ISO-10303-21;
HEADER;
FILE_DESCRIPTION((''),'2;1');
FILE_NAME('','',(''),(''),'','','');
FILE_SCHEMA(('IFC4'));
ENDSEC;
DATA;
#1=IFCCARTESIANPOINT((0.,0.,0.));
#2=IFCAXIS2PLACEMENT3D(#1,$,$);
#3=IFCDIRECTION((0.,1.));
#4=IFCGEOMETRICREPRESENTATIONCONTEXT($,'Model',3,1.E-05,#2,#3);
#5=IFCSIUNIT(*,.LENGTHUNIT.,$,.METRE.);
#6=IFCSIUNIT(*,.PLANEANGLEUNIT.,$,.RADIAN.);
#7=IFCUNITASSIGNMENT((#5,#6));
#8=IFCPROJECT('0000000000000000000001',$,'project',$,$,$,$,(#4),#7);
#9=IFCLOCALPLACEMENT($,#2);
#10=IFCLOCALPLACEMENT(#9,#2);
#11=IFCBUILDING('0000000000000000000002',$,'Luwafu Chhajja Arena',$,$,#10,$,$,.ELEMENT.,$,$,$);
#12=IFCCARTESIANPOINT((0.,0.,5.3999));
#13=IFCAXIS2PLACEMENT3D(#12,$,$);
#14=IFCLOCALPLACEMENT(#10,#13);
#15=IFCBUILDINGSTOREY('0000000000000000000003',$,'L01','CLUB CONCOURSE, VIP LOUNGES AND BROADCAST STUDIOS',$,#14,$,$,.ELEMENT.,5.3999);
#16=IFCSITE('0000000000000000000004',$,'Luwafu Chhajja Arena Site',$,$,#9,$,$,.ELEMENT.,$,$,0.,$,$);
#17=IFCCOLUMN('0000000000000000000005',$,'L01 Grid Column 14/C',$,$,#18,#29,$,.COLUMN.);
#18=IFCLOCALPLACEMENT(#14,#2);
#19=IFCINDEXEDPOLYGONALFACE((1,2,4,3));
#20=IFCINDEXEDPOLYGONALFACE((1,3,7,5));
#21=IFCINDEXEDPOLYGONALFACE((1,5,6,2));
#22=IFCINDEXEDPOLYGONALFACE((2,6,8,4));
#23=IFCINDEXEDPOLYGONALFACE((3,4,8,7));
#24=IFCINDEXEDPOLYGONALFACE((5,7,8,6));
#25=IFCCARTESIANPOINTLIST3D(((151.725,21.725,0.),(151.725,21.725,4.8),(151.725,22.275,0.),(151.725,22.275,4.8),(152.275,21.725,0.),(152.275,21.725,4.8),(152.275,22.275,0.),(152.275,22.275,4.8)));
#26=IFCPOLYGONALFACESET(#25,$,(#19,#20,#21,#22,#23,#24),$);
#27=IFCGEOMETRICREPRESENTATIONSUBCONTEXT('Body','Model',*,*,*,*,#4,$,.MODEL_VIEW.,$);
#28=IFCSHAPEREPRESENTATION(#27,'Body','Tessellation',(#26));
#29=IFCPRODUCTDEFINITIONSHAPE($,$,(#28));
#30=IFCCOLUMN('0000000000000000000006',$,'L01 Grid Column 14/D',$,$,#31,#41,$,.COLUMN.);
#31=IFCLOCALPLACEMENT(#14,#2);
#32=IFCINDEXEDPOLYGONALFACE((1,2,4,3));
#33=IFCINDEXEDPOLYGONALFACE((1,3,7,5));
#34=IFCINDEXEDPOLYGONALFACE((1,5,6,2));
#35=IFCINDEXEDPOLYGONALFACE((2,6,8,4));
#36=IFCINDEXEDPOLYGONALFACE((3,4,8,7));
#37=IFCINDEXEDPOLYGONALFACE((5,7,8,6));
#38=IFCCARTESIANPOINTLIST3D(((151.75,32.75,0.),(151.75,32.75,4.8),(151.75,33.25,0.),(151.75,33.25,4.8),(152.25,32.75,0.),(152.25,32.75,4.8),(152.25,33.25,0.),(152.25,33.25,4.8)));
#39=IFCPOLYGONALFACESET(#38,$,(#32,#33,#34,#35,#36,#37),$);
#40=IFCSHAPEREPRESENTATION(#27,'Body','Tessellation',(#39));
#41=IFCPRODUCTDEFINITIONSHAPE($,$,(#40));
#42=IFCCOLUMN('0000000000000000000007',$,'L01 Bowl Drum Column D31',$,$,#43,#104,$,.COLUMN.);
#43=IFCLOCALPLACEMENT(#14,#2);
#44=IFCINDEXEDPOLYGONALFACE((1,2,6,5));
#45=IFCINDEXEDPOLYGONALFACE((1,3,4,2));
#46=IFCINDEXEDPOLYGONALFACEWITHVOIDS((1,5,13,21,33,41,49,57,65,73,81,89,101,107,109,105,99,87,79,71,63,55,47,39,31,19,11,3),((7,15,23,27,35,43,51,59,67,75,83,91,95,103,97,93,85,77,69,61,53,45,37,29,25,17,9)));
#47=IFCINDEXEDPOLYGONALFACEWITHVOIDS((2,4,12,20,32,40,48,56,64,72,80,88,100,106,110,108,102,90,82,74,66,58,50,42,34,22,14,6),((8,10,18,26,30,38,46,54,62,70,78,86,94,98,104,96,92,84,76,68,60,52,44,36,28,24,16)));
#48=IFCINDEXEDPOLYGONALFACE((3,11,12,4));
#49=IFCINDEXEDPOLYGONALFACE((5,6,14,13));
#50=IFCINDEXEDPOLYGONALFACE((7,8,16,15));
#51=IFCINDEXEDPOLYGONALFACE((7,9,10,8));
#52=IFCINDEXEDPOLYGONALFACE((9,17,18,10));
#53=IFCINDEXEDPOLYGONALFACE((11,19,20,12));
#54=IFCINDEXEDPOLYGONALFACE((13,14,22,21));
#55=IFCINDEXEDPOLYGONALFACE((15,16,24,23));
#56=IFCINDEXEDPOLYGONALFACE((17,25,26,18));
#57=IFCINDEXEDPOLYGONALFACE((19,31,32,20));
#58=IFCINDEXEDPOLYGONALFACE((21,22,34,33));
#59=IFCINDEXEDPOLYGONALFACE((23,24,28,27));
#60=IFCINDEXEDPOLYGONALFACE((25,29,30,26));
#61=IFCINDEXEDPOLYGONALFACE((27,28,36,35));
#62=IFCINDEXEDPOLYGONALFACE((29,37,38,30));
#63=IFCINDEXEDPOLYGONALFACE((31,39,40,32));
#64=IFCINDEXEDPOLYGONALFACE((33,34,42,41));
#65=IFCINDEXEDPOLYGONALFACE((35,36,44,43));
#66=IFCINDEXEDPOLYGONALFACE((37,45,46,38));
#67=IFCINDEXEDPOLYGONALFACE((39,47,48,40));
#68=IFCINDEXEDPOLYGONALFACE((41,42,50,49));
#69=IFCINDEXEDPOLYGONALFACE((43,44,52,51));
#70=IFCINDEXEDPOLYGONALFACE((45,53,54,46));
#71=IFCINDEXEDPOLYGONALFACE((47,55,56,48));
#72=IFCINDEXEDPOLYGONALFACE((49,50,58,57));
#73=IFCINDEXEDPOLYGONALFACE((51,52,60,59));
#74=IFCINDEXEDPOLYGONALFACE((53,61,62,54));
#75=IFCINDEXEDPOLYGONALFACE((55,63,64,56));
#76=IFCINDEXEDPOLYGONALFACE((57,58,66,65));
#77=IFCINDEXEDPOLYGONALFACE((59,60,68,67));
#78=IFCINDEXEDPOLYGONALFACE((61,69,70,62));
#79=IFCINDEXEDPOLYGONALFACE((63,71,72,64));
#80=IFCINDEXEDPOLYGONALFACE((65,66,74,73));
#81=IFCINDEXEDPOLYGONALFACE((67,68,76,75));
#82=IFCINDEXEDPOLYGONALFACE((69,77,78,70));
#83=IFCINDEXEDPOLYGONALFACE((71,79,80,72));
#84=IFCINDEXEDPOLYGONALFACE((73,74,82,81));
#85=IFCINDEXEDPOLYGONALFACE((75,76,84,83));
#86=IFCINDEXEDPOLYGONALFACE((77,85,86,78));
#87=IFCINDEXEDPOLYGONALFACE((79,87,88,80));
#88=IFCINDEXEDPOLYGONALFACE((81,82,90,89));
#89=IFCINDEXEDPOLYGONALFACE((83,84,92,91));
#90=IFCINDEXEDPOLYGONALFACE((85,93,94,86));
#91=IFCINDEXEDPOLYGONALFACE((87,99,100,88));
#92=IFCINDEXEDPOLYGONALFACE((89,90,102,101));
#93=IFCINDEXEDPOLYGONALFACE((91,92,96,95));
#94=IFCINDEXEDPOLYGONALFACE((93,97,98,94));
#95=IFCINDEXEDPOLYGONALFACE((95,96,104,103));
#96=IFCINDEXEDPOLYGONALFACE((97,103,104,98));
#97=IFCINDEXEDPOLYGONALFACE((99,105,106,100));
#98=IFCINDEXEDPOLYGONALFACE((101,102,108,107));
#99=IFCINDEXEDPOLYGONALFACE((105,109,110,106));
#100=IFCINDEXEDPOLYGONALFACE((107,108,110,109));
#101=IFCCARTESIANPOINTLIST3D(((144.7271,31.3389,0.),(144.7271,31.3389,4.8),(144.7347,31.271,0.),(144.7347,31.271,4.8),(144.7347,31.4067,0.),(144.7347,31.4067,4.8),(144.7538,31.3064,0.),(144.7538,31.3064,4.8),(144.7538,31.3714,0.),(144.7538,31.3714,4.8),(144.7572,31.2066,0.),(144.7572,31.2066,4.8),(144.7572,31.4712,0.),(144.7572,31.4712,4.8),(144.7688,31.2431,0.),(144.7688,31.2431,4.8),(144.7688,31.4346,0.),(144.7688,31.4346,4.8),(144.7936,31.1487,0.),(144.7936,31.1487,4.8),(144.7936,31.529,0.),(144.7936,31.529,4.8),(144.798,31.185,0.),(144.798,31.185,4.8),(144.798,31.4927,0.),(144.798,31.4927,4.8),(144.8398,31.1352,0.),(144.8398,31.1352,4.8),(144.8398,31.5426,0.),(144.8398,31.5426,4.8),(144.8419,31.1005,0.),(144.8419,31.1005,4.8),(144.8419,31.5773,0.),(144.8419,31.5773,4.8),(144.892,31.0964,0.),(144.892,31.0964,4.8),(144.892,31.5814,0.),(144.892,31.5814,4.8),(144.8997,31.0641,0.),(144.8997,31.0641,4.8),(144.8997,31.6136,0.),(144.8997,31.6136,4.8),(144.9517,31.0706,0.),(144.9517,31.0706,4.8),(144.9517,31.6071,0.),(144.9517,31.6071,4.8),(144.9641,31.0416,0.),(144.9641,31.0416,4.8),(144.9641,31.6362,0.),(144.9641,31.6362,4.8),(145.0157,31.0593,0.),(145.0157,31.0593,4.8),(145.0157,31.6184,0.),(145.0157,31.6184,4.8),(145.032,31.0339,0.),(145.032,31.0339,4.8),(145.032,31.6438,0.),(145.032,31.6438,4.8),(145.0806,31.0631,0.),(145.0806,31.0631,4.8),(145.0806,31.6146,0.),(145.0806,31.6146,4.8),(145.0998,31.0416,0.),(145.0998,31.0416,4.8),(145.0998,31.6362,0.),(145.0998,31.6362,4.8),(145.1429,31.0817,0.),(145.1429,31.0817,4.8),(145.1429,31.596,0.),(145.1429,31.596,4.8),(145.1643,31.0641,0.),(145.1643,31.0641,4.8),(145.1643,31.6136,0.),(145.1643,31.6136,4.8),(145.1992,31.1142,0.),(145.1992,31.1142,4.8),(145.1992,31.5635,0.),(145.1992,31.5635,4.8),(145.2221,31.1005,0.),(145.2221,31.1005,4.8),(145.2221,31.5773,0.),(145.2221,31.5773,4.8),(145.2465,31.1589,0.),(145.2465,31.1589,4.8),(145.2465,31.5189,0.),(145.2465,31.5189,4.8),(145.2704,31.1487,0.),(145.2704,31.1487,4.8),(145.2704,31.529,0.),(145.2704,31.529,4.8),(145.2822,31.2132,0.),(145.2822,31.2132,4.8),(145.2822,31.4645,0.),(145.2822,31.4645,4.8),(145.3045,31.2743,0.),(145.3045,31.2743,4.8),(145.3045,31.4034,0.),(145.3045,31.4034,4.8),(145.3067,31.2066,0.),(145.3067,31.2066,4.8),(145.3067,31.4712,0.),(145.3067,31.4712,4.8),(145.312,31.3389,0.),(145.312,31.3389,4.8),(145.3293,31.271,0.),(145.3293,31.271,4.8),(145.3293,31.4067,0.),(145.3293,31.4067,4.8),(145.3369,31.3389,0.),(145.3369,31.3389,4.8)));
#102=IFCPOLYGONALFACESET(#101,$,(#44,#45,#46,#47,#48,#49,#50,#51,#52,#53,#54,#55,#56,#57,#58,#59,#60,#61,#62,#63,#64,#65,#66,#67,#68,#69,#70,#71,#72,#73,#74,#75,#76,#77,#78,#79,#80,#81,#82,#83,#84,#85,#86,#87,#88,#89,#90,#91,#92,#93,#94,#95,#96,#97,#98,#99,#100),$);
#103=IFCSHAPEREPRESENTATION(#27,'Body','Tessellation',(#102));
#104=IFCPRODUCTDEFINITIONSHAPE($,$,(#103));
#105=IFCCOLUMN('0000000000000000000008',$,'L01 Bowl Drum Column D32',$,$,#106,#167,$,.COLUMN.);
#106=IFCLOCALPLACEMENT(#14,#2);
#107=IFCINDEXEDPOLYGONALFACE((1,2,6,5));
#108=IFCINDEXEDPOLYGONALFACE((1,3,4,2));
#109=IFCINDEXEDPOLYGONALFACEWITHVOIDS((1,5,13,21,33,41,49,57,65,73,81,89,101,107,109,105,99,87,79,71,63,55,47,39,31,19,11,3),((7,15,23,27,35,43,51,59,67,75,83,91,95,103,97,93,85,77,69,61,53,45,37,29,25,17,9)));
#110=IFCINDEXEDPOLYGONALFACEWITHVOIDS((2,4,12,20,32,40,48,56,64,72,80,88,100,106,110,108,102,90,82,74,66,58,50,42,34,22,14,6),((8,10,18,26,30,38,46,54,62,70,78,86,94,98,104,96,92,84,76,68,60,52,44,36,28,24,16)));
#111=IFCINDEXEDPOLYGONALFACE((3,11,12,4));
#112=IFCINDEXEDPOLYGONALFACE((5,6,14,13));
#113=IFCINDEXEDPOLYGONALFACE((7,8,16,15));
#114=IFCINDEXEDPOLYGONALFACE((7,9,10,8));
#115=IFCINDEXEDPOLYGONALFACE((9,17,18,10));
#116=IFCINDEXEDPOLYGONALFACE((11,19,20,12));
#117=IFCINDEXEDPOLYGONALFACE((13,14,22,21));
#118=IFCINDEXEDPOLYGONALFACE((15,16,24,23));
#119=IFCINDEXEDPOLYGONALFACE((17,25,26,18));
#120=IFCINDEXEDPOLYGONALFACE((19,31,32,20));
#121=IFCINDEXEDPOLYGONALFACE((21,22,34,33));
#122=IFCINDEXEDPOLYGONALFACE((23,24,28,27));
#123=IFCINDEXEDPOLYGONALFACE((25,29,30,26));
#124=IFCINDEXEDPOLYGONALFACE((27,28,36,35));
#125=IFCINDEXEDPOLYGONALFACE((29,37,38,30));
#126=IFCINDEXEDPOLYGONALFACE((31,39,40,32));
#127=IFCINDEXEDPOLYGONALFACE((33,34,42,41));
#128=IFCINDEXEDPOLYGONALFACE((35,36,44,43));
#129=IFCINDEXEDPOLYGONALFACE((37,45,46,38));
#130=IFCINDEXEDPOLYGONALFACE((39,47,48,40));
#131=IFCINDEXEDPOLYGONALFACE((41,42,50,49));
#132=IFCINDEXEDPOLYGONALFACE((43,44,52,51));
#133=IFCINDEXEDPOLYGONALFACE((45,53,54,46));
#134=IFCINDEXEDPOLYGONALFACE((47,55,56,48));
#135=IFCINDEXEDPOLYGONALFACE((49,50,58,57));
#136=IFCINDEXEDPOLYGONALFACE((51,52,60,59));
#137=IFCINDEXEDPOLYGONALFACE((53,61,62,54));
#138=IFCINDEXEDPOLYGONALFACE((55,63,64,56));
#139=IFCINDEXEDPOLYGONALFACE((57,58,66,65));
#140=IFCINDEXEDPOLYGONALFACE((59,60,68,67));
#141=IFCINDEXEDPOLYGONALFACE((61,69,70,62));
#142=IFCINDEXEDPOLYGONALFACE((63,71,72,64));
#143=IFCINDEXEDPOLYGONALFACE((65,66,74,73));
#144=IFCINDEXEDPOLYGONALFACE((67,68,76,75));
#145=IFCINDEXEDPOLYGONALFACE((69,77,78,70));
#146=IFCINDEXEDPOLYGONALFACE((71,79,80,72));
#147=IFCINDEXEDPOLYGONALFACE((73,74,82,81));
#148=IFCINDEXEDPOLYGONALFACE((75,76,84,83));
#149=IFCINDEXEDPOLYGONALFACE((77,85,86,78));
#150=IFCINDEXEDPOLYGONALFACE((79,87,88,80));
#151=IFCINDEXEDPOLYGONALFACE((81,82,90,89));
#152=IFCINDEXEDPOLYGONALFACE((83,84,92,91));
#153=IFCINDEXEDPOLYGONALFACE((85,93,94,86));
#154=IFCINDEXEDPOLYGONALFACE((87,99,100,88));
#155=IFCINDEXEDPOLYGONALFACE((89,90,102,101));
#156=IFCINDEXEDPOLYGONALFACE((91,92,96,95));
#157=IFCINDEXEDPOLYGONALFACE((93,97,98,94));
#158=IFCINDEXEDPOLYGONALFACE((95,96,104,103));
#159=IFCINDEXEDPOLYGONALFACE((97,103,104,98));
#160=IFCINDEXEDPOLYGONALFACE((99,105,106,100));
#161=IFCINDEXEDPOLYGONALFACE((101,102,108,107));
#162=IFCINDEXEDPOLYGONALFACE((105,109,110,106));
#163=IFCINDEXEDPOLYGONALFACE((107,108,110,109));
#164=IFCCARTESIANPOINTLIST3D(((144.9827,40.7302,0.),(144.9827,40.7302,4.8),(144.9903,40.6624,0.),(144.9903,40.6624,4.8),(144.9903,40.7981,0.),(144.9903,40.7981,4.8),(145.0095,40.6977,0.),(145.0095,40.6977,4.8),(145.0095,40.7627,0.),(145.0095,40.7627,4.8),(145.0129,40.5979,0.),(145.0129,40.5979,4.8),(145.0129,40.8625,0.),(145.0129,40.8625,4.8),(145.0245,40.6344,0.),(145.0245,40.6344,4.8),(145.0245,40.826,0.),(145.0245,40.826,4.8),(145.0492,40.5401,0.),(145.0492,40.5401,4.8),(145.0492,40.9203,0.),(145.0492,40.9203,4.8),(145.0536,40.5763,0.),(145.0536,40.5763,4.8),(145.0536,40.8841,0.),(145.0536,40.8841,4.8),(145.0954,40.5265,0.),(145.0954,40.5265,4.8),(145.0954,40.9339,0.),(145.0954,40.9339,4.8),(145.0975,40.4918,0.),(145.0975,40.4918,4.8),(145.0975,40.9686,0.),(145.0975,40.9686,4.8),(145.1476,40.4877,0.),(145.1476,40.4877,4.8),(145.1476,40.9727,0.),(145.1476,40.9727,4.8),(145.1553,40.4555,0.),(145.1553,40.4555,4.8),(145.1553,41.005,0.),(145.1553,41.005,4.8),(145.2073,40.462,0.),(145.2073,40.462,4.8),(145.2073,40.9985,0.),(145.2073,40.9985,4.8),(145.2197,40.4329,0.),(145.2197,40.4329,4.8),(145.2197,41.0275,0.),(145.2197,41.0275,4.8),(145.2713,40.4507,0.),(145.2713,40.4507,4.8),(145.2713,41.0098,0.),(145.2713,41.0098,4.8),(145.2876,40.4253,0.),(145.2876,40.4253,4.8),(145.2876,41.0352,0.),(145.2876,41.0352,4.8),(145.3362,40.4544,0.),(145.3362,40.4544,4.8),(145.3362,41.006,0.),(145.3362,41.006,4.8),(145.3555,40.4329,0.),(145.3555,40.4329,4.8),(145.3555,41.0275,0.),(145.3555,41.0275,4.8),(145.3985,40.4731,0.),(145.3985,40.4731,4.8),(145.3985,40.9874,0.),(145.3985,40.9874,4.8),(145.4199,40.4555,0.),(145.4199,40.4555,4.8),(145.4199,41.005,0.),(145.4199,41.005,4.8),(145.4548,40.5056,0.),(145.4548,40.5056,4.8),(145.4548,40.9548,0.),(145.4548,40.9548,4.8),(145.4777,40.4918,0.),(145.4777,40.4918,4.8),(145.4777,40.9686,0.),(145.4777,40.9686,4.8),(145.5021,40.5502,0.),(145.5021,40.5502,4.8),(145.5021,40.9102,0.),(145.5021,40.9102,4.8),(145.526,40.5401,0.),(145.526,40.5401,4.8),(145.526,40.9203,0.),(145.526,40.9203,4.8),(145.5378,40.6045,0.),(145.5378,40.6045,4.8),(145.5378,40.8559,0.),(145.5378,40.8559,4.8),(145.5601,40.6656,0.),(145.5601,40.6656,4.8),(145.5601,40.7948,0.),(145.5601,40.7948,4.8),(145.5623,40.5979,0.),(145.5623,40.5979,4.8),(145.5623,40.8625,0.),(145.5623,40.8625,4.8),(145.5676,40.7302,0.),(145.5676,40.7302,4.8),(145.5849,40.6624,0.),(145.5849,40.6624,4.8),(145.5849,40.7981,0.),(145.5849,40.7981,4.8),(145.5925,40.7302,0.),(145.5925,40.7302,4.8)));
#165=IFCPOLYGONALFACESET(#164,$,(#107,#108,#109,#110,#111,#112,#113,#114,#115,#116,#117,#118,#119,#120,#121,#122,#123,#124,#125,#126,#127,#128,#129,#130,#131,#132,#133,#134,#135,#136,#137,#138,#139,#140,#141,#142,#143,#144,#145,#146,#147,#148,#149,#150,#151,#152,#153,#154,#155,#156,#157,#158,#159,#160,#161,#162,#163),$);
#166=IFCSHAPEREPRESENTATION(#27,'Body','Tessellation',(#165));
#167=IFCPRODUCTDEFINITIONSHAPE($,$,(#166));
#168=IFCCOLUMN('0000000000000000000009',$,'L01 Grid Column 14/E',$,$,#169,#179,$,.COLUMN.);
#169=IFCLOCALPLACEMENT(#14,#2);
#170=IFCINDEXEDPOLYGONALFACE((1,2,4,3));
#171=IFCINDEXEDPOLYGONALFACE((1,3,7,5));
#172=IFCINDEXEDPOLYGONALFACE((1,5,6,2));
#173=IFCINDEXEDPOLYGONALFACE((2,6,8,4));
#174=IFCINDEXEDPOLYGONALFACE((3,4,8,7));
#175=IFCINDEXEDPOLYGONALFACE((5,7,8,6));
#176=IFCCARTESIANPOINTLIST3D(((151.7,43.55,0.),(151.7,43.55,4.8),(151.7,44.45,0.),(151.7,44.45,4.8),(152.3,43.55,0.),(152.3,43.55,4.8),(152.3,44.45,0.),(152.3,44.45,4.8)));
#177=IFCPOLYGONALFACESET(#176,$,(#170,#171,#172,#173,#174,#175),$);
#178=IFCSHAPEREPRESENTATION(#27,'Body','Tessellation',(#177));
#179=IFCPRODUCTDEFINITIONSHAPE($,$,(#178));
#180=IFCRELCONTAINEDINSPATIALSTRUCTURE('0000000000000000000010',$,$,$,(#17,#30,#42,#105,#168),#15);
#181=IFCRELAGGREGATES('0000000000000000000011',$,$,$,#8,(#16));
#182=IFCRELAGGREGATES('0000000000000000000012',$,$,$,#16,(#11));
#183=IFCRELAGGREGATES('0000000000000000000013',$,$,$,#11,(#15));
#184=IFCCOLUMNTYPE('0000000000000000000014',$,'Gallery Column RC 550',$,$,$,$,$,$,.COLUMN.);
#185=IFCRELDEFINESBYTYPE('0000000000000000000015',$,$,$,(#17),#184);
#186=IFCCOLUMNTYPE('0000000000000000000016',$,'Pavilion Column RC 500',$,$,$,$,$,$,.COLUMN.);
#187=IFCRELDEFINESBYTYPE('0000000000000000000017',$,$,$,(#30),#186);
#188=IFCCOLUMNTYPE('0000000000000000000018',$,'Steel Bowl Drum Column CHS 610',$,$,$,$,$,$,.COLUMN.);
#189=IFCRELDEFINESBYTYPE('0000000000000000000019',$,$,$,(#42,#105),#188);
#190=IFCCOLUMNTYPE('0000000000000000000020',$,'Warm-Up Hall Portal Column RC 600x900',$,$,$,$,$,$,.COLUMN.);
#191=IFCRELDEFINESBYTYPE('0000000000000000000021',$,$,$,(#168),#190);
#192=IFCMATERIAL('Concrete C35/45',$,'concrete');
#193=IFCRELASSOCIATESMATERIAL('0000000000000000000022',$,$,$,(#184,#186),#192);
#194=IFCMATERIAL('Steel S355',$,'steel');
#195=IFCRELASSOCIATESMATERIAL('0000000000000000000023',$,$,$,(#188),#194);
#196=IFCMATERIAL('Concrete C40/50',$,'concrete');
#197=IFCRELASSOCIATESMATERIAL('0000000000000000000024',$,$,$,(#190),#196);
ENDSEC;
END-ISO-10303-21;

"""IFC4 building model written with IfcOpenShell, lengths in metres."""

from ifc_helpers import new_model, si_unit, direction, frame, origin, origin_2d, place, context, subcontext, project, spatial, rectangle, hollow_circle, extrude, material, material_profile, profile_set, type_object, element, save


model = new_model("IFC4")

# Units and contexts
model_context = context("Model", 3, precision=1e-05, world=origin(), true_north=direction((0.0, 1.0)))
body_context = subcontext(model_context, "Body", "Model", "MODEL_VIEW")
ifc_project = project(units=[si_unit("LENGTHUNIT", "METRE"), si_unit("PLANEANGLEUNIT", "RADIAN")], contexts=[model_context])

# Site, building, storey
site_placement = place(None, origin())
site = spatial("IfcSite", under=ifc_project, at=site_placement, Name="Luwafu Chhajja Arena Site", CompositionType="ELEMENT", RefElevation=0.0)
building_placement = place(site_placement, origin())
building = spatial("IfcBuilding", under=site, at=building_placement, Name="Luwafu Chhajja Arena", CompositionType="ELEMENT")
storey_placement = place(building_placement, frame((0.0, 0.0, 5.3999)))
storey = spatial("IfcBuildingStorey", under=building, at=storey_placement, Name="L01", Description="CLUB CONCOURSE, VIP LOUNGES AND BROADCAST STUDIOS", CompositionType="ELEMENT", Elevation=5.3999)

# Columns
ifc_material_1 = material(Name="Concrete C35/45", Category="concrete")
ifc_material_profile_1 = material_profile(ifc_material_1, rectangle(XDim=0.55, YDim=0.55, at=origin_2d()), Name="RC 550x550")
ifc_profile_set_1 = profile_set([ifc_material_profile_1], Name="Concrete C35/45")
column_type_1 = type_object("IfcColumnType", Name="Gallery Column RC 550", PredefinedType="COLUMN", material=ifc_profile_set_1)
column_1_placement = place(storey_placement, frame((152.0, 22.0, 0.0), z_axis=(0.0, 0.0, 1.0), x_axis=(1.0, 0.0, 0.0)))
element("IfcColumn", 1, at=column_1_placement, inside=storey, type_object=column_type_1, Name="L01 Grid Column 14/C", PredefinedType="COLUMN", context=body_context, shape_type="SweptSolid", body=[
    extrude(rectangle(XDim=0.55, YDim=0.55, at=origin_2d()), origin(), (0.0, 0.0, 1.0), 4.8),
])
ifc_material_profile_2 = material_profile(ifc_material_1, rectangle(XDim=0.5, YDim=0.5, at=origin_2d()), Name="RC 500x500")
ifc_profile_set_2 = profile_set([ifc_material_profile_2], Name="Concrete C35/45")
column_type_2 = type_object("IfcColumnType", Name="Pavilion Column RC 500", PredefinedType="COLUMN", material=ifc_profile_set_2)
column_2_placement = place(storey_placement, frame((152.0, 33.0, 0.0), z_axis=(0.0, 0.0, 1.0), x_axis=(1.0, 0.0, 0.0)))
element("IfcColumn", 2, at=column_2_placement, inside=storey, type_object=column_type_2, Name="L01 Grid Column 14/D", PredefinedType="COLUMN", context=body_context, shape_type="SweptSolid", body=[
    extrude(rectangle(XDim=0.5, YDim=0.5, at=origin_2d()), origin(), (0.0, 0.0, 1.0), 4.8),
])
ifc_material_2 = material(Name="Steel S355", Category="steel")
ifc_material_profile_3 = material_profile(ifc_material_2, hollow_circle(Radius=0.3049, WallThickness=0.0249, at=origin_2d()), Name="CHS 610x25")
ifc_profile_set_3 = profile_set([ifc_material_profile_3], Name="Steel S355")
column_type_3 = type_object("IfcColumnType", Name="Steel Bowl Drum Column CHS 610", PredefinedType="COLUMN", material=ifc_profile_set_3)
for number, where, z_axis, x_axis, name in (
    (3, (145.032, 31.3389, 0.0), (0.0, 0.0, 1.0), (1.0, 0.0, 0.0), "L01 Bowl Drum Column D31"),
    (4, (145.2876, 40.7302, 0.0), (0.0, 0.0, 1.0), (1.0, 0.0, 0.0), "L01 Bowl Drum Column D32"),
):
    element("IfcColumn", number, at=place(storey_placement, frame(where, z_axis=z_axis, x_axis=x_axis)), inside=storey, type_object=column_type_3, Name=name, PredefinedType="COLUMN", context=body_context, shape_type="SweptSolid", body=[
        extrude(hollow_circle(Radius=0.3049, WallThickness=0.0249, at=origin_2d()), origin(), (0.0, 0.0, 1.0), 4.8),
    ])
ifc_material_3 = material(Name="Concrete C40/50", Category="concrete")
ifc_material_profile_4 = material_profile(ifc_material_3, rectangle(XDim=0.6001, YDim=0.8999, at=origin_2d()), Name="RC 600x900")
ifc_profile_set_4 = profile_set([ifc_material_profile_4], Name="Concrete C40/50")
column_type_4 = type_object("IfcColumnType", Name="Warm-Up Hall Portal Column RC 600x900", PredefinedType="COLUMN", material=ifc_profile_set_4)
column_3_placement = place(storey_placement, frame((152.0, 44.0, 0.0), z_axis=(0.0, 0.0, 1.0), x_axis=(1.0, 0.0, 0.0)))
element("IfcColumn", 5, at=column_3_placement, inside=storey, type_object=column_type_4, Name="L01 Grid Column 14/E", PredefinedType="COLUMN", context=body_context, shape_type="SweptSolid", body=[
    extrude(rectangle(XDim=0.6001, YDim=0.8999, at=origin_2d()), origin(), (0.0, 0.0, 1.0), 4.8),
])

save(model, "model.ifc")
